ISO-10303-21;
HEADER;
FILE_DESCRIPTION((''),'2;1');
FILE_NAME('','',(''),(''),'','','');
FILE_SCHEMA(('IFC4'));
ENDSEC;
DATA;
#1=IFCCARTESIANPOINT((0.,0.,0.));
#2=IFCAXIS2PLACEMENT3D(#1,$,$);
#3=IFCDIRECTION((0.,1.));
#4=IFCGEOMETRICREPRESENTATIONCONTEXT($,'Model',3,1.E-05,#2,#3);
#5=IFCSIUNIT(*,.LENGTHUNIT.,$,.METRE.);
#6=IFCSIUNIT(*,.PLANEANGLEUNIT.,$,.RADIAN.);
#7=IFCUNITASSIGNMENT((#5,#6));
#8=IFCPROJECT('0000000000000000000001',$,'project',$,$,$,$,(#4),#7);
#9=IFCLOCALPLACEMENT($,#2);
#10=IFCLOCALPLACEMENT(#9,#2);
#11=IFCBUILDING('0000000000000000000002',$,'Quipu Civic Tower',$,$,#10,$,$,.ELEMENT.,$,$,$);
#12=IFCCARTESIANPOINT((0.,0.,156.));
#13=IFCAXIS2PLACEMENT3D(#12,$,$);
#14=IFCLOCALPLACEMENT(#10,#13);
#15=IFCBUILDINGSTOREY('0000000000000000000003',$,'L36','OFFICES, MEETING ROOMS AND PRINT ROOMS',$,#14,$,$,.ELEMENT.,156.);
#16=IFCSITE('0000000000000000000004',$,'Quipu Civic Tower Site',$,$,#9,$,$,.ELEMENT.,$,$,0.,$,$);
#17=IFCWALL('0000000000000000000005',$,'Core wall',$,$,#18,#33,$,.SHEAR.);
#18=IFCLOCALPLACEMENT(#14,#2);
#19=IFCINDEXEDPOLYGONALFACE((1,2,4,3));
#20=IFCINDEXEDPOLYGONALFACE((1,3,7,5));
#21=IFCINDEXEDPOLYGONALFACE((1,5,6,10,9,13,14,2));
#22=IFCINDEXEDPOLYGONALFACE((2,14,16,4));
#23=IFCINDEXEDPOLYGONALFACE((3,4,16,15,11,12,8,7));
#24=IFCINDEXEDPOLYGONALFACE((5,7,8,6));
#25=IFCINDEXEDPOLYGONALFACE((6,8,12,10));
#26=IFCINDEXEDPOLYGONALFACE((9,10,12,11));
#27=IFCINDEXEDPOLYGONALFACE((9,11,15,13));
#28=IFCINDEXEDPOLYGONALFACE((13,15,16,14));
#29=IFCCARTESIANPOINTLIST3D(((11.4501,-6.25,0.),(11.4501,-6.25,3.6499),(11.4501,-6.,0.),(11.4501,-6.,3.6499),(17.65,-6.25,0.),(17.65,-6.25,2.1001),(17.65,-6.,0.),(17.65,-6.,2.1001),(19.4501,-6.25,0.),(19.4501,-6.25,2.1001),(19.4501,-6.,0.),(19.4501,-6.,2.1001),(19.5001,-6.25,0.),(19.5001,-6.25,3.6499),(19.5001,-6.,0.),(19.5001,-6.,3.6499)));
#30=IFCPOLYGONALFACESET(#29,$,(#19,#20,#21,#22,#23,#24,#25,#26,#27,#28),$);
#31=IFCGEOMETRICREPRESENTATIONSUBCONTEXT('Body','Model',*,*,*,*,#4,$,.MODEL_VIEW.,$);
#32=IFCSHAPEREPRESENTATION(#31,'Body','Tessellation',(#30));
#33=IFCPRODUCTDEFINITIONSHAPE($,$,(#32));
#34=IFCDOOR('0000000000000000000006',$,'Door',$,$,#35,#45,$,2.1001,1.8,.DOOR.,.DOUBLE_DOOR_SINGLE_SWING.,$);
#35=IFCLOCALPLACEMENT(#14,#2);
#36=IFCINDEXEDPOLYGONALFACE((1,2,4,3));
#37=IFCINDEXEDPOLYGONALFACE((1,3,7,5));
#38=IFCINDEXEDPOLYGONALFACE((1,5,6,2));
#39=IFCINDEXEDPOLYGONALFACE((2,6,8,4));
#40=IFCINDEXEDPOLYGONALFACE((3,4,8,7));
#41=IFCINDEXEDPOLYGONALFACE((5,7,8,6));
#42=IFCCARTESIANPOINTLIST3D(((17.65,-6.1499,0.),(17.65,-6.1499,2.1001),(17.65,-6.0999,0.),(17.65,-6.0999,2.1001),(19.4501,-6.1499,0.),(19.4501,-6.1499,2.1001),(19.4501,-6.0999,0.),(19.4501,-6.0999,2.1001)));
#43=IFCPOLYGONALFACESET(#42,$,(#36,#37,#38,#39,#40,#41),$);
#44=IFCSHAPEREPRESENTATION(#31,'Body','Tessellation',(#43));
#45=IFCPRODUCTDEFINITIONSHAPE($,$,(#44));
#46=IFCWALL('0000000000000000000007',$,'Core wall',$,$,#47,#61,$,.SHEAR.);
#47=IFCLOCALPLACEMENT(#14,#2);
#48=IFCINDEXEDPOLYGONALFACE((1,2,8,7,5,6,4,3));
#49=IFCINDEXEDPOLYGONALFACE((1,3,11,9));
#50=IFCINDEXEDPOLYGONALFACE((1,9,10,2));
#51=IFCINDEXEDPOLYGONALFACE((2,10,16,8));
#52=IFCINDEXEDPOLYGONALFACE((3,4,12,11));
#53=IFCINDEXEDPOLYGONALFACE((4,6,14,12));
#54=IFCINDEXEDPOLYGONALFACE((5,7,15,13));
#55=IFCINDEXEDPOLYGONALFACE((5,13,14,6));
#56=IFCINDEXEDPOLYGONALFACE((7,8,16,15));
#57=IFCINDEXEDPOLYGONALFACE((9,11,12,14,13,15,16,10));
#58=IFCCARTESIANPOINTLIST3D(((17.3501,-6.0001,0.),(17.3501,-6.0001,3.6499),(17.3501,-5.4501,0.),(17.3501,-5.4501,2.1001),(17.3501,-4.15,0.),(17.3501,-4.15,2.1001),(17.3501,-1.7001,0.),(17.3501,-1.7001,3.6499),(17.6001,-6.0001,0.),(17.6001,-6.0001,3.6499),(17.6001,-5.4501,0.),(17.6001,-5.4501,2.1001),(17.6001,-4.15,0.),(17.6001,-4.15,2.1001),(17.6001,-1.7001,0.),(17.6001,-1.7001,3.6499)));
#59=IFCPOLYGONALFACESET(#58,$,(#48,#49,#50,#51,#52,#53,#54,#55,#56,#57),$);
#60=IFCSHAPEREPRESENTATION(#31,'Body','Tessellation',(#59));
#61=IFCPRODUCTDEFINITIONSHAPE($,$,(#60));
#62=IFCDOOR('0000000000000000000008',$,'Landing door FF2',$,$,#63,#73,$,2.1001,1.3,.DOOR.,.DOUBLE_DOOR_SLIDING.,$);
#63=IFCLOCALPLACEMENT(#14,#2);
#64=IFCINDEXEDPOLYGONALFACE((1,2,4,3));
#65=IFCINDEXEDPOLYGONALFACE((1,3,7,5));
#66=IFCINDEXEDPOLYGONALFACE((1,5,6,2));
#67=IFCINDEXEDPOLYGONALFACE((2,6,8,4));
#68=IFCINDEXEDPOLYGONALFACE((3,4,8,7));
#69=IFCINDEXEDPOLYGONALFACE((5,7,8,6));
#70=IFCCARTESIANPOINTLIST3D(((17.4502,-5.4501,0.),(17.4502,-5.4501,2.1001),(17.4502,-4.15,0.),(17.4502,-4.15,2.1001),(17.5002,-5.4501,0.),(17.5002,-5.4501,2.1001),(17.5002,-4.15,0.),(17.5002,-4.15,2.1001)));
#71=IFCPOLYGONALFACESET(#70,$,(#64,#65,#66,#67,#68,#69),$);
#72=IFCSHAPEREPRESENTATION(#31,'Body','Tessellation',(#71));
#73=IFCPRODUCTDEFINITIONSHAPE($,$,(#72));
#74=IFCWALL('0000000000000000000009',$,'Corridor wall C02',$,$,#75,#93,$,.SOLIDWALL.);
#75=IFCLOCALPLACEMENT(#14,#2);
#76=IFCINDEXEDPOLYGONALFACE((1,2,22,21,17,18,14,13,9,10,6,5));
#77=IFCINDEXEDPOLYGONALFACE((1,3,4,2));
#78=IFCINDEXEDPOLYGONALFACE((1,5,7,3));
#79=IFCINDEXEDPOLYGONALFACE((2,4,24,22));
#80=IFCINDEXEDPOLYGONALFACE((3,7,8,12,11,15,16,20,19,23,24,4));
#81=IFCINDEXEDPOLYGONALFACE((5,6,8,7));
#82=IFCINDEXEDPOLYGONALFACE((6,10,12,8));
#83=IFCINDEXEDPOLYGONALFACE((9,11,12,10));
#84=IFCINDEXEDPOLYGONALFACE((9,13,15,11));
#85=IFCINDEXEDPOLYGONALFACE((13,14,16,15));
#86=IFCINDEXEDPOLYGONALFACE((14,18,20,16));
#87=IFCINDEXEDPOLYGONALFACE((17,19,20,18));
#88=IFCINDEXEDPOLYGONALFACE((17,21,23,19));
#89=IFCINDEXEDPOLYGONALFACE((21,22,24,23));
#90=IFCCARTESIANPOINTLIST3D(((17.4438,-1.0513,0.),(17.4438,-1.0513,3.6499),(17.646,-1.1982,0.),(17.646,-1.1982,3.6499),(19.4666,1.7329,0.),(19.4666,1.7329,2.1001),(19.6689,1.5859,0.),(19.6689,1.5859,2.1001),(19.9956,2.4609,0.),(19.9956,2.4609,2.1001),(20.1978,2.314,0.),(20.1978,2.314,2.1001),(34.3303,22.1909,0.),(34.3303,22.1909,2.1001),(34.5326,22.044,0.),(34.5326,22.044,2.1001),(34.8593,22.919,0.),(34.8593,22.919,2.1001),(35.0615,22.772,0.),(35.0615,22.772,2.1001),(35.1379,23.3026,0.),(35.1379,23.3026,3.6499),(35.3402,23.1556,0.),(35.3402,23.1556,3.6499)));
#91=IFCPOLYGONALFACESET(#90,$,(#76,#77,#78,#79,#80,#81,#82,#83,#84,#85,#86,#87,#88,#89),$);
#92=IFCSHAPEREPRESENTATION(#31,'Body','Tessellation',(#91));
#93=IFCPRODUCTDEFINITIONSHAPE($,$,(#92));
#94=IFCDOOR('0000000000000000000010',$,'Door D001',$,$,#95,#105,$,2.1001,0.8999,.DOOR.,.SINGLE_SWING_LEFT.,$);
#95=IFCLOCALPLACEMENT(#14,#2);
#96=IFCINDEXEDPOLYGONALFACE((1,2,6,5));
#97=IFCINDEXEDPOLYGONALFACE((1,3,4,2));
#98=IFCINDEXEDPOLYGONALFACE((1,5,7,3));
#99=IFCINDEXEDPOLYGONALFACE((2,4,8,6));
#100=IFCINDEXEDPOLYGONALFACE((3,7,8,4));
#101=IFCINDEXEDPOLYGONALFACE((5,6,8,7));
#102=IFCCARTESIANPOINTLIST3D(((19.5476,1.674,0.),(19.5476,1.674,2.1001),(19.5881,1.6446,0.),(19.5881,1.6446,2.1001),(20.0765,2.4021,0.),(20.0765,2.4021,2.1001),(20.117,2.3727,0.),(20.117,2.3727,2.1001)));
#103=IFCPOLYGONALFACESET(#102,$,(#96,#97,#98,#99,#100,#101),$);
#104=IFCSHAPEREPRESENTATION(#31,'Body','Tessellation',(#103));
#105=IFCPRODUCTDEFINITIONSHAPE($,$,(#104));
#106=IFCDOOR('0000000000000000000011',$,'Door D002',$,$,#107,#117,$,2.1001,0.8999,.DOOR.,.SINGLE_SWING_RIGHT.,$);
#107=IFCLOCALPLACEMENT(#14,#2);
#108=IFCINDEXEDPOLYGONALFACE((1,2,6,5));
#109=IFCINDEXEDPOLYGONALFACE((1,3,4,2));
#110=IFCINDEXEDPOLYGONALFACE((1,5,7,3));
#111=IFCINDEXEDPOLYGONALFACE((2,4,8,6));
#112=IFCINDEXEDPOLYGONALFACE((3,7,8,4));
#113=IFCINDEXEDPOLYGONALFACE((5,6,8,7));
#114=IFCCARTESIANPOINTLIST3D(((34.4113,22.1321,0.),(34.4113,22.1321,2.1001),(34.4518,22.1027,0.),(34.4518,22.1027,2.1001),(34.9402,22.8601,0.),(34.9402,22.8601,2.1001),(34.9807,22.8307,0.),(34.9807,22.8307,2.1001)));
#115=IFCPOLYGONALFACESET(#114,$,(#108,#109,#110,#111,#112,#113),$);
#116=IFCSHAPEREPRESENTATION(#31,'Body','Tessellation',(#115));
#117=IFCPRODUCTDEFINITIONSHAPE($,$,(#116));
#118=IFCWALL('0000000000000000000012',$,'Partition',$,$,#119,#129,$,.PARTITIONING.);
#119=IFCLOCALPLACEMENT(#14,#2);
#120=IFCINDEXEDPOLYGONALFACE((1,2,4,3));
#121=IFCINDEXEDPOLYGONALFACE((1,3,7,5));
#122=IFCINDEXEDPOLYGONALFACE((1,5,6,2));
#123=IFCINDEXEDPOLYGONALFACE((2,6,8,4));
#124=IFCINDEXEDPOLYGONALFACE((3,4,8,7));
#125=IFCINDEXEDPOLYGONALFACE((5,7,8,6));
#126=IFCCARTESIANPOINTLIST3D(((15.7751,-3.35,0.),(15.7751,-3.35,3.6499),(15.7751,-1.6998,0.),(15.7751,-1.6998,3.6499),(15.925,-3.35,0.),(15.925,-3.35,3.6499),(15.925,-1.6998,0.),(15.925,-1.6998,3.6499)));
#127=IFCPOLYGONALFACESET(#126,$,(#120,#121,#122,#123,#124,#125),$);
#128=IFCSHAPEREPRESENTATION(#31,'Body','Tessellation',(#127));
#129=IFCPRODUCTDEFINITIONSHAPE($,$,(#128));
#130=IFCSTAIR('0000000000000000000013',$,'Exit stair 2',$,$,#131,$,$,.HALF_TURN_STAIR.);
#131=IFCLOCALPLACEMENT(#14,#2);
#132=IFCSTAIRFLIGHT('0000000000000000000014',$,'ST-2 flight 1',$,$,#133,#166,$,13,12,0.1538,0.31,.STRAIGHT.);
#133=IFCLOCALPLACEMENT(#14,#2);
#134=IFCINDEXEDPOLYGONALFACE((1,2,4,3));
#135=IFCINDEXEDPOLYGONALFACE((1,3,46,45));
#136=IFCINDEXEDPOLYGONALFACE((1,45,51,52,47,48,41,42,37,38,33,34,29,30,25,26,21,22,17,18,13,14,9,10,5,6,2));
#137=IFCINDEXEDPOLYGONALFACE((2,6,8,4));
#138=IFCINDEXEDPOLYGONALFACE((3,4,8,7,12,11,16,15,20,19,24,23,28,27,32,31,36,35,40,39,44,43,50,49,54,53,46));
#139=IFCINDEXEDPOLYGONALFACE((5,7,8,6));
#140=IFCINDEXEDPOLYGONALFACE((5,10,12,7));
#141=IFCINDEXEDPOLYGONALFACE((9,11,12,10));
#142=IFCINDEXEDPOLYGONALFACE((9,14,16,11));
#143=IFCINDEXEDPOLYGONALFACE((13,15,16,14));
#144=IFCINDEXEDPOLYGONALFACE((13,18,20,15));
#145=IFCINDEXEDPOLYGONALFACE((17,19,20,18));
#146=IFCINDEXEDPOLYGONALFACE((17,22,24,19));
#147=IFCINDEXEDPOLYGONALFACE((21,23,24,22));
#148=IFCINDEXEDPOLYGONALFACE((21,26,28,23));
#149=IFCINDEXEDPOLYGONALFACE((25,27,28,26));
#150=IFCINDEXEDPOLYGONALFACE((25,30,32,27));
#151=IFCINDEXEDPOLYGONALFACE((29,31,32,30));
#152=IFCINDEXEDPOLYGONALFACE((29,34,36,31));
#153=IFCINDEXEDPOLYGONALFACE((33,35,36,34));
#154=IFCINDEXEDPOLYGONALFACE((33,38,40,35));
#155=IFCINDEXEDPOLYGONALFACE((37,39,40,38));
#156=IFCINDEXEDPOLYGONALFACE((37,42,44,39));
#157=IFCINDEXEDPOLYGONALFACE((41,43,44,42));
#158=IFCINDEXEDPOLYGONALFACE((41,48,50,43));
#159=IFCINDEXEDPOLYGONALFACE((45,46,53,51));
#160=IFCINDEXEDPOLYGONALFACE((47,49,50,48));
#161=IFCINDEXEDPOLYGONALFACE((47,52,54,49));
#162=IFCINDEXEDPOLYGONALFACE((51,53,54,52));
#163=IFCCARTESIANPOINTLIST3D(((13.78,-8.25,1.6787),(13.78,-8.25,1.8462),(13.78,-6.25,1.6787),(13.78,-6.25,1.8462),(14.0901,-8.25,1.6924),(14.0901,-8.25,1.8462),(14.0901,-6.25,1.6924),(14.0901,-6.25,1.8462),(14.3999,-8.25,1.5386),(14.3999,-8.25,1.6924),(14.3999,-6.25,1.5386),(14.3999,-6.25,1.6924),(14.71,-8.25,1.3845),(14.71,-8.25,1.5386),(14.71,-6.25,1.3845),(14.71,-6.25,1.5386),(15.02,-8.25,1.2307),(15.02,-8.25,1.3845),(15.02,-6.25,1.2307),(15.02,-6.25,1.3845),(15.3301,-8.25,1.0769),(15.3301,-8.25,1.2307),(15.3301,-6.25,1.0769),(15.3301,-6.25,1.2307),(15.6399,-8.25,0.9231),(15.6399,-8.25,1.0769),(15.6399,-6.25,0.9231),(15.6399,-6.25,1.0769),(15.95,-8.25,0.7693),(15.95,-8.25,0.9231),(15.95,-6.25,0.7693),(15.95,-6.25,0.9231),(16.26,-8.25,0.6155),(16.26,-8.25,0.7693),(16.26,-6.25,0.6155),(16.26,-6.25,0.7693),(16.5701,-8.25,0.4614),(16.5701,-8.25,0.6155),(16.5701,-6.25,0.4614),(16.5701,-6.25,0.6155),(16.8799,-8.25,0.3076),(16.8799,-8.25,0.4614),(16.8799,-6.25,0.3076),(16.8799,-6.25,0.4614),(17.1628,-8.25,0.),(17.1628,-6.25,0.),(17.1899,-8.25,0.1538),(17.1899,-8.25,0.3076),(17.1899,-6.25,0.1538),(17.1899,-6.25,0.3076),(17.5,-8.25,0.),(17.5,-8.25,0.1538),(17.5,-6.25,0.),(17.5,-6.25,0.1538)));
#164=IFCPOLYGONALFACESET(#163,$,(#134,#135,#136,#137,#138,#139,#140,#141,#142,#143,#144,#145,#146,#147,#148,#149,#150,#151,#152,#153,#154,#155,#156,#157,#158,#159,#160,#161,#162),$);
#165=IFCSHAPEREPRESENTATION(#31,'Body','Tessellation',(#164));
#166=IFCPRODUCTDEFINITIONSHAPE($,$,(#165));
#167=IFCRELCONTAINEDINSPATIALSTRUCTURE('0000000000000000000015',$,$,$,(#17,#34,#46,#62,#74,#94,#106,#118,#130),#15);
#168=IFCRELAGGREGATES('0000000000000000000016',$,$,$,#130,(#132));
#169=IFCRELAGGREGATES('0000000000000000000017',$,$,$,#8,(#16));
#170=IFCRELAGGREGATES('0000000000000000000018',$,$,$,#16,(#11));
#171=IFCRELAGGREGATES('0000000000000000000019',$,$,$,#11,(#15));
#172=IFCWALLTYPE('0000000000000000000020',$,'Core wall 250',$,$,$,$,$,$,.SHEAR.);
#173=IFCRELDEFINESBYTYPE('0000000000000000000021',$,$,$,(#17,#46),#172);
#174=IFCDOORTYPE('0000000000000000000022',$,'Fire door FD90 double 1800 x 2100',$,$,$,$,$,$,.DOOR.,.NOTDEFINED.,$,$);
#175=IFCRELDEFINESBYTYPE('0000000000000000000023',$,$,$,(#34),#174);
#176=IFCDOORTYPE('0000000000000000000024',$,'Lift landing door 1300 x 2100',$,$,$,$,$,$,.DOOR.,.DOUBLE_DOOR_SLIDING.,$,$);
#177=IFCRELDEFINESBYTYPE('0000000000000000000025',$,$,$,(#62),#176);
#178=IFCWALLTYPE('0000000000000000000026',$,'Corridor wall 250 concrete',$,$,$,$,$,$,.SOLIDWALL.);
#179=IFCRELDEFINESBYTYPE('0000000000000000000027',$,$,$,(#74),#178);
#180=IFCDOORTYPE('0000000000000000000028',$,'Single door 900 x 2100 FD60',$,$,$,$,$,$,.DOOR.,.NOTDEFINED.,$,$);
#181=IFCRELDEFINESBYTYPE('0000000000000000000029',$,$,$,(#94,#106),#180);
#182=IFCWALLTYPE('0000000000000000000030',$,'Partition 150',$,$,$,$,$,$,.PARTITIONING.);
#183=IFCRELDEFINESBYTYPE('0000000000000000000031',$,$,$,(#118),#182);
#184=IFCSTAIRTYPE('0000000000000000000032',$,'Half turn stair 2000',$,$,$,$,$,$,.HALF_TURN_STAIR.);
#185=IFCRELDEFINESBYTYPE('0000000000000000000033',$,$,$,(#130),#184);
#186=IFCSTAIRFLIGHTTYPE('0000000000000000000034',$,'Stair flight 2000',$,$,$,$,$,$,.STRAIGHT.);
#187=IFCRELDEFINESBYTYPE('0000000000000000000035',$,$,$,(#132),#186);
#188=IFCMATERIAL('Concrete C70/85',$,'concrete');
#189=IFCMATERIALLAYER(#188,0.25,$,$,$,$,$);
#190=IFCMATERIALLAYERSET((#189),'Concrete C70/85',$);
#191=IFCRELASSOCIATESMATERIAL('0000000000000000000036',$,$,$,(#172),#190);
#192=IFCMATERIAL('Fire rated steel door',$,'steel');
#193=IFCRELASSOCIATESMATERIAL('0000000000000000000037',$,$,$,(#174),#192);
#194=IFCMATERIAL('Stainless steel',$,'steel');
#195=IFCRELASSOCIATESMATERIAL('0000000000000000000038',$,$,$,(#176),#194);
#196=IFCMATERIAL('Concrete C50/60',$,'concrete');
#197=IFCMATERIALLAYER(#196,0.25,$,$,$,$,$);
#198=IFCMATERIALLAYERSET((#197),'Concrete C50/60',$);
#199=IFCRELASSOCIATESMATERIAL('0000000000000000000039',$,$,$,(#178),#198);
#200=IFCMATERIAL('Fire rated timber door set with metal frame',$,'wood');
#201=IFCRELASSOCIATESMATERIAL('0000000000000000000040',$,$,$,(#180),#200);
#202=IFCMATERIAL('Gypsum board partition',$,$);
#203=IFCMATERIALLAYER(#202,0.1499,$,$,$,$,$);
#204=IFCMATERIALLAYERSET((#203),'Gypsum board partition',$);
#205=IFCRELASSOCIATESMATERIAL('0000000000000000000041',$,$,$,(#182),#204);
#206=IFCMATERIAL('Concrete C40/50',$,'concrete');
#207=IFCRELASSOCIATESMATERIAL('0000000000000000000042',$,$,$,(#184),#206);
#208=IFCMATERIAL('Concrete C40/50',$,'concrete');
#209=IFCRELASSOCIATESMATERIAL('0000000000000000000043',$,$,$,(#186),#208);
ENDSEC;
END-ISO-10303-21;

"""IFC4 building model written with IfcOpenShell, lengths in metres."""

from ifc_helpers import new_model, si_unit, direction, frame, frame_2d, origin, place, context, subcontext, project, spatial, polyline, rectangle, outline, extrude, material, layer, layer_set, type_object, element, fill, aggregate, save


model = new_model("IFC4")

# Units and contexts
model_context = context("Model", 3, precision=1e-05, world=origin(), true_north=direction((0.0, 1.0)))
body_context = subcontext(model_context, "Body", "Model", "MODEL_VIEW")
ifc_project = project(units=[si_unit("LENGTHUNIT", "METRE"), si_unit("PLANEANGLEUNIT", "RADIAN")], contexts=[model_context])

# Site, building, storey
site_placement = place(None, origin())
site = spatial("IfcSite", under=ifc_project, at=site_placement, Name="Quipu Civic Tower Site", CompositionType="ELEMENT", RefElevation=0.0)
building_placement = place(site_placement, origin())
building = spatial("IfcBuilding", under=site, at=building_placement, Name="Quipu Civic Tower", CompositionType="ELEMENT")
storey_placement = place(building_placement, frame((0.0, 0.0, 156.0)))
storey = spatial("IfcBuildingStorey", under=building, at=storey_placement, Name="L36", Description="OFFICES, MEETING ROOMS AND PRINT ROOMS", CompositionType="ELEMENT", Elevation=156.0)

# Walls, openings, doors
ifc_material_1 = material(Name="Concrete C70/85", Category="concrete")
ifc_layer_1 = layer(ifc_material_1, 0.25)
ifc_layer_set_1 = layer_set([ifc_layer_1], Name="Concrete C70/85")
wall_type_1 = type_object("IfcWallType", Name="Core wall 250", PredefinedType="SHEAR", material=ifc_layer_set_1)
wall_1_placement = place(storey_placement, frame((19.5, -6.125, 0.0), z_axis=(0.0, 0.0, 1.0), x_axis=(-1.0, 0.0, 0.0)))
wall_1 = element("IfcWall", 1, at=wall_1_placement, inside=storey, type_object=wall_type_1, Name="Core wall", PredefinedType="SHEAR", context=body_context, shape_type="SweptSolid", body=[
    extrude(rectangle(XDim=8.05, YDim=0.25, at=frame_2d((4.0249, 0.0))), origin(), (0.0, 0.0, 1.0), 3.6499),
])
opening_1_placement = place(wall_1_placement, frame((0.05, 0.0, 0.0)))
opening_1 = element("IfcOpeningElement", 2, at=opening_1_placement, cuts=wall_1, PredefinedType="OPENING", context=body_context, shape_type="SweptSolid", body=[
    extrude(rectangle(XDim=1.8, YDim=2.1001, at=frame_2d((0.8999, 1.05))), frame((0.0, 0.135, 0.0), z_axis=(0.0, -1.0, 0.0), x_axis=(1.0, 0.0, 0.0)), (0.0, 0.0, 1.0), 0.27),
])
ifc_material_2 = material(Name="Fire rated steel door", Category="steel")
door_type_1 = type_object("IfcDoorType", Name="Fire door FD90 double 1800 x 2100", OperationType="NOTDEFINED", PredefinedType="DOOR", material=ifc_material_2)
door_1_placement = place(opening_1_placement, origin())
door_1 = element("IfcDoor", 3, at=door_1_placement, inside=storey, type_object=door_type_1, Name="Door", OperationType="DOUBLE_DOOR_SINGLE_SWING", OverallHeight=2.1001, OverallWidth=1.8, PredefinedType="DOOR", context=body_context, shape_type="SweptSolid", body=[
    extrude(rectangle(XDim=1.8, YDim=2.1001, at=frame_2d((0.8999, 1.05))), frame((0.0, 0.0249, 0.0), z_axis=(0.0, -1.0, 0.0), x_axis=(1.0, 0.0, 0.0)), (0.0, 0.0, 1.0), 0.05),
])
fill(opening_1, door_1)
wall_2_placement = place(storey_placement, frame((17.4751, -6.0, 0.0), z_axis=(0.0, 0.0, 1.0), x_axis=(0.0, 1.0, 0.0)))
wall_2 = element("IfcWall", 4, at=wall_2_placement, inside=storey, type_object=wall_type_1, Name="Core wall", PredefinedType="SHEAR", context=body_context, shape_type="SweptSolid", body=[
    extrude(rectangle(XDim=4.3, YDim=0.25, at=frame_2d((2.1499, 0.0))), origin(), (0.0, 0.0, 1.0), 3.6499),
])
opening_2_placement = place(wall_2_placement, frame((0.55, 0.0, 0.0)))
opening_2 = element("IfcOpeningElement", 5, at=opening_2_placement, cuts=wall_2, PredefinedType="OPENING", context=body_context, shape_type="SweptSolid", body=[
    extrude(rectangle(XDim=1.3, YDim=2.1001, at=frame_2d((0.6499, 1.05))), frame((0.0, 0.135, 0.0), z_axis=(0.0, -1.0, 0.0), x_axis=(1.0, 0.0, 0.0)), (0.0, 0.0, 1.0), 0.27),
])
ifc_material_3 = material(Name="Stainless steel", Category="steel")
door_type_2 = type_object("IfcDoorType", Name="Lift landing door 1300 x 2100", OperationType="DOUBLE_DOOR_SLIDING", PredefinedType="DOOR", material=ifc_material_3)
door_2_placement = place(opening_2_placement, origin())
door_2 = element("IfcDoor", 6, at=door_2_placement, inside=storey, type_object=door_type_2, Name="Landing door FF2", OperationType="DOUBLE_DOOR_SLIDING", OverallHeight=2.1001, OverallWidth=1.3, PredefinedType="DOOR", context=body_context, shape_type="SweptSolid", body=[
    extrude(rectangle(XDim=1.3, YDim=2.1001, at=frame_2d((0.6499, 1.05))), frame((0.0, 0.0249, 0.0), z_axis=(0.0, -1.0, 0.0), x_axis=(1.0, 0.0, 0.0)), (0.0, 0.0, 1.0), 0.05),
])
fill(opening_2, door_2)

# Wall, openings, doors
ifc_material_4 = material(Name="Concrete C50/60", Category="concrete")
ifc_layer_2 = layer(ifc_material_4, 0.25)
ifc_layer_set_2 = layer_set([ifc_layer_2], Name="Concrete C50/60")
wall_type_2 = type_object("IfcWallType", Name="Corridor wall 250 concrete", PredefinedType="SOLIDWALL", material=ifc_layer_set_2)
wall_3_placement = place(storey_placement, frame((17.5449, -1.1248, 0.0), z_axis=(0.0, 0.0, 1.0), x_axis=(0.587786, 0.809016, 0.0)))
wall_3 = element("IfcWall", 7, at=wall_3_placement, inside=storey, type_object=wall_type_2, Name="Corridor wall C02", PredefinedType="SOLIDWALL", context=body_context, shape_type="SweptSolid", body=[
    extrude(rectangle(XDim=30.103, YDim=0.25, at=frame_2d((15.0515, 0.0))), origin(), (0.0, 0.0, 1.0), 3.6499),
])
opening_3_placement = place(wall_3_placement, frame((3.4414, 0.0, 0.0)))
opening_3 = element("IfcOpeningElement", 8, at=opening_3_placement, cuts=wall_3, PredefinedType="OPENING", context=body_context, shape_type="SweptSolid", body=[
    extrude(rectangle(XDim=0.8999, YDim=2.1001, at=frame_2d((0.45, 1.05))), frame((0.0, 0.135, 0.0), z_axis=(0.0, -1.0, 0.0), x_axis=(1.0, 0.0, 0.0)), (0.0, 0.0, 1.0), 0.27),
])
opening_4_placement = place(wall_3_placement, frame((28.729, 0.0, 0.0)))
opening_4 = element("IfcOpeningElement", 9, at=opening_4_placement, cuts=wall_3, PredefinedType="OPENING", context=body_context, shape_type="SweptSolid", body=[
    extrude(rectangle(XDim=0.8999, YDim=2.1001, at=frame_2d((0.45, 1.05))), frame((0.0, 0.135, 0.0), z_axis=(0.0, -1.0, 0.0), x_axis=(1.0, 0.0, 0.0)), (0.0, 0.0, 1.0), 0.27),
])
ifc_material_5 = material(Name="Fire rated timber door set with metal frame", Category="wood")
door_type_3 = type_object("IfcDoorType", Name="Single door 900 x 2100 FD60", OperationType="NOTDEFINED", PredefinedType="DOOR", material=ifc_material_5)
door_3_placement = place(opening_3_placement, origin())
door_3 = element("IfcDoor", 10, at=door_3_placement, inside=storey, type_object=door_type_3, Name="Door D001", OperationType="SINGLE_SWING_LEFT", OverallHeight=2.1001, OverallWidth=0.8999, PredefinedType="DOOR", context=body_context, shape_type="SweptSolid", body=[
    extrude(rectangle(XDim=0.8999, YDim=2.1001, at=frame_2d((0.45, 1.05))), frame((0.0, 0.0249, 0.0), z_axis=(0.0, -1.0, 0.0), x_axis=(1.0, 0.0, 0.0)), (0.0, 0.0, 1.0), 0.05),
])
fill(opening_3, door_3)
door_4_placement = place(opening_4_placement, origin())
door_4 = element("IfcDoor", 11, at=door_4_placement, inside=storey, type_object=door_type_3, Name="Door D002", OperationType="SINGLE_SWING_RIGHT", OverallHeight=2.1001, OverallWidth=0.8999, PredefinedType="DOOR", context=body_context, shape_type="SweptSolid", body=[
    extrude(rectangle(XDim=0.8999, YDim=2.1001, at=frame_2d((0.45, 1.05))), frame((0.0, 0.0249, 0.0), z_axis=(0.0, -1.0, 0.0), x_axis=(1.0, 0.0, 0.0)), (0.0, 0.0, 1.0), 0.05),
])
fill(opening_4, door_4)

# Wall
ifc_material_6 = material(Name="Gypsum board partition")
ifc_layer_3 = layer(ifc_material_6, 0.1499)
ifc_layer_set_3 = layer_set([ifc_layer_3], Name="Gypsum board partition")
wall_type_3 = type_object("IfcWallType", Name="Partition 150", PredefinedType="PARTITIONING", material=ifc_layer_set_3)
wall_4_placement = place(storey_placement, frame((15.8501, -3.3501, 0.0), z_axis=(0.0, 0.0, 1.0), x_axis=(0.0, 1.0, 0.0)))
element("IfcWall", 12, at=wall_4_placement, inside=storey, type_object=wall_type_3, Name="Partition", PredefinedType="PARTITIONING", context=body_context, shape_type="SweptSolid", body=[
    extrude(rectangle(XDim=1.6501, YDim=0.1499, at=frame_2d((0.8252, 0.0))), origin(), (0.0, 0.0, 1.0), 3.6499),
])

# Stair, stair flight
ifc_material_7 = material(Name="Concrete C40/50", Category="concrete")
stair_type = type_object("IfcStairType", Name="Half turn stair 2000", PredefinedType="HALF_TURN_STAIR", material=ifc_material_7)
stair_placement = place(storey_placement, origin())
stair = element("IfcStair", 13, at=stair_placement, inside=storey, type_object=stair_type, Name="Exit stair 2", PredefinedType="HALF_TURN_STAIR")
ifc_material_8 = material(Name="Concrete C40/50", Category="concrete")
stair_flight_type = type_object("IfcStairFlightType", Name="Stair flight 2000", PredefinedType="STRAIGHT", material=ifc_material_8)
stair_flight_placement = place(storey_placement, frame((17.5, -7.25, 0.0), z_axis=(0.0, 0.0, 1.0), x_axis=(-1.0, 0.0, 0.0)))
stair_flight = element("IfcStairFlight", 14, at=stair_flight_placement, type_object=stair_flight_type, Name="ST-2 flight 1", NumberOfRisers=13, NumberOfTreads=12, PredefinedType="STRAIGHT", RiserHeight=0.1538, TreadLength=0.31, context=body_context, shape_type="SweptSolid", body=[
    extrude(outline(polyline([(0.0, 0.0), (0.0, 0.1538), (0.3101, 0.1538), (0.3101, 0.3076), (0.6201, 0.3076), (0.6201, 0.4614), (0.9299, 0.4614), (0.9299, 0.6155), (1.24, 0.6155), (1.24, 0.7693), (1.55, 0.7693), (1.55, 0.9231), (1.8601, 0.9231), (1.8601, 1.0769), (2.1699, 1.0769), (2.1699, 1.2307), (2.48, 1.2307), (2.48, 1.3845), (2.79, 1.3845), (2.79, 1.5386), (3.1001, 1.5386), (3.1001, 1.6924), (3.4099, 1.6924), (3.4099, 1.8462), (3.72, 1.8462), (3.72, 2.0), (3.72, 1.6787), (0.3372, 0.0), (0.0, 0.0)])), frame((0.0, 1.0, 0.0), z_axis=(0.0, -1.0, 0.0), x_axis=(1.0, 0.0, 0.0)), (0.0, 0.0, 1.0), 2.0),
])
aggregate(stair, [stair_flight])

save(model, "model.ifc")
